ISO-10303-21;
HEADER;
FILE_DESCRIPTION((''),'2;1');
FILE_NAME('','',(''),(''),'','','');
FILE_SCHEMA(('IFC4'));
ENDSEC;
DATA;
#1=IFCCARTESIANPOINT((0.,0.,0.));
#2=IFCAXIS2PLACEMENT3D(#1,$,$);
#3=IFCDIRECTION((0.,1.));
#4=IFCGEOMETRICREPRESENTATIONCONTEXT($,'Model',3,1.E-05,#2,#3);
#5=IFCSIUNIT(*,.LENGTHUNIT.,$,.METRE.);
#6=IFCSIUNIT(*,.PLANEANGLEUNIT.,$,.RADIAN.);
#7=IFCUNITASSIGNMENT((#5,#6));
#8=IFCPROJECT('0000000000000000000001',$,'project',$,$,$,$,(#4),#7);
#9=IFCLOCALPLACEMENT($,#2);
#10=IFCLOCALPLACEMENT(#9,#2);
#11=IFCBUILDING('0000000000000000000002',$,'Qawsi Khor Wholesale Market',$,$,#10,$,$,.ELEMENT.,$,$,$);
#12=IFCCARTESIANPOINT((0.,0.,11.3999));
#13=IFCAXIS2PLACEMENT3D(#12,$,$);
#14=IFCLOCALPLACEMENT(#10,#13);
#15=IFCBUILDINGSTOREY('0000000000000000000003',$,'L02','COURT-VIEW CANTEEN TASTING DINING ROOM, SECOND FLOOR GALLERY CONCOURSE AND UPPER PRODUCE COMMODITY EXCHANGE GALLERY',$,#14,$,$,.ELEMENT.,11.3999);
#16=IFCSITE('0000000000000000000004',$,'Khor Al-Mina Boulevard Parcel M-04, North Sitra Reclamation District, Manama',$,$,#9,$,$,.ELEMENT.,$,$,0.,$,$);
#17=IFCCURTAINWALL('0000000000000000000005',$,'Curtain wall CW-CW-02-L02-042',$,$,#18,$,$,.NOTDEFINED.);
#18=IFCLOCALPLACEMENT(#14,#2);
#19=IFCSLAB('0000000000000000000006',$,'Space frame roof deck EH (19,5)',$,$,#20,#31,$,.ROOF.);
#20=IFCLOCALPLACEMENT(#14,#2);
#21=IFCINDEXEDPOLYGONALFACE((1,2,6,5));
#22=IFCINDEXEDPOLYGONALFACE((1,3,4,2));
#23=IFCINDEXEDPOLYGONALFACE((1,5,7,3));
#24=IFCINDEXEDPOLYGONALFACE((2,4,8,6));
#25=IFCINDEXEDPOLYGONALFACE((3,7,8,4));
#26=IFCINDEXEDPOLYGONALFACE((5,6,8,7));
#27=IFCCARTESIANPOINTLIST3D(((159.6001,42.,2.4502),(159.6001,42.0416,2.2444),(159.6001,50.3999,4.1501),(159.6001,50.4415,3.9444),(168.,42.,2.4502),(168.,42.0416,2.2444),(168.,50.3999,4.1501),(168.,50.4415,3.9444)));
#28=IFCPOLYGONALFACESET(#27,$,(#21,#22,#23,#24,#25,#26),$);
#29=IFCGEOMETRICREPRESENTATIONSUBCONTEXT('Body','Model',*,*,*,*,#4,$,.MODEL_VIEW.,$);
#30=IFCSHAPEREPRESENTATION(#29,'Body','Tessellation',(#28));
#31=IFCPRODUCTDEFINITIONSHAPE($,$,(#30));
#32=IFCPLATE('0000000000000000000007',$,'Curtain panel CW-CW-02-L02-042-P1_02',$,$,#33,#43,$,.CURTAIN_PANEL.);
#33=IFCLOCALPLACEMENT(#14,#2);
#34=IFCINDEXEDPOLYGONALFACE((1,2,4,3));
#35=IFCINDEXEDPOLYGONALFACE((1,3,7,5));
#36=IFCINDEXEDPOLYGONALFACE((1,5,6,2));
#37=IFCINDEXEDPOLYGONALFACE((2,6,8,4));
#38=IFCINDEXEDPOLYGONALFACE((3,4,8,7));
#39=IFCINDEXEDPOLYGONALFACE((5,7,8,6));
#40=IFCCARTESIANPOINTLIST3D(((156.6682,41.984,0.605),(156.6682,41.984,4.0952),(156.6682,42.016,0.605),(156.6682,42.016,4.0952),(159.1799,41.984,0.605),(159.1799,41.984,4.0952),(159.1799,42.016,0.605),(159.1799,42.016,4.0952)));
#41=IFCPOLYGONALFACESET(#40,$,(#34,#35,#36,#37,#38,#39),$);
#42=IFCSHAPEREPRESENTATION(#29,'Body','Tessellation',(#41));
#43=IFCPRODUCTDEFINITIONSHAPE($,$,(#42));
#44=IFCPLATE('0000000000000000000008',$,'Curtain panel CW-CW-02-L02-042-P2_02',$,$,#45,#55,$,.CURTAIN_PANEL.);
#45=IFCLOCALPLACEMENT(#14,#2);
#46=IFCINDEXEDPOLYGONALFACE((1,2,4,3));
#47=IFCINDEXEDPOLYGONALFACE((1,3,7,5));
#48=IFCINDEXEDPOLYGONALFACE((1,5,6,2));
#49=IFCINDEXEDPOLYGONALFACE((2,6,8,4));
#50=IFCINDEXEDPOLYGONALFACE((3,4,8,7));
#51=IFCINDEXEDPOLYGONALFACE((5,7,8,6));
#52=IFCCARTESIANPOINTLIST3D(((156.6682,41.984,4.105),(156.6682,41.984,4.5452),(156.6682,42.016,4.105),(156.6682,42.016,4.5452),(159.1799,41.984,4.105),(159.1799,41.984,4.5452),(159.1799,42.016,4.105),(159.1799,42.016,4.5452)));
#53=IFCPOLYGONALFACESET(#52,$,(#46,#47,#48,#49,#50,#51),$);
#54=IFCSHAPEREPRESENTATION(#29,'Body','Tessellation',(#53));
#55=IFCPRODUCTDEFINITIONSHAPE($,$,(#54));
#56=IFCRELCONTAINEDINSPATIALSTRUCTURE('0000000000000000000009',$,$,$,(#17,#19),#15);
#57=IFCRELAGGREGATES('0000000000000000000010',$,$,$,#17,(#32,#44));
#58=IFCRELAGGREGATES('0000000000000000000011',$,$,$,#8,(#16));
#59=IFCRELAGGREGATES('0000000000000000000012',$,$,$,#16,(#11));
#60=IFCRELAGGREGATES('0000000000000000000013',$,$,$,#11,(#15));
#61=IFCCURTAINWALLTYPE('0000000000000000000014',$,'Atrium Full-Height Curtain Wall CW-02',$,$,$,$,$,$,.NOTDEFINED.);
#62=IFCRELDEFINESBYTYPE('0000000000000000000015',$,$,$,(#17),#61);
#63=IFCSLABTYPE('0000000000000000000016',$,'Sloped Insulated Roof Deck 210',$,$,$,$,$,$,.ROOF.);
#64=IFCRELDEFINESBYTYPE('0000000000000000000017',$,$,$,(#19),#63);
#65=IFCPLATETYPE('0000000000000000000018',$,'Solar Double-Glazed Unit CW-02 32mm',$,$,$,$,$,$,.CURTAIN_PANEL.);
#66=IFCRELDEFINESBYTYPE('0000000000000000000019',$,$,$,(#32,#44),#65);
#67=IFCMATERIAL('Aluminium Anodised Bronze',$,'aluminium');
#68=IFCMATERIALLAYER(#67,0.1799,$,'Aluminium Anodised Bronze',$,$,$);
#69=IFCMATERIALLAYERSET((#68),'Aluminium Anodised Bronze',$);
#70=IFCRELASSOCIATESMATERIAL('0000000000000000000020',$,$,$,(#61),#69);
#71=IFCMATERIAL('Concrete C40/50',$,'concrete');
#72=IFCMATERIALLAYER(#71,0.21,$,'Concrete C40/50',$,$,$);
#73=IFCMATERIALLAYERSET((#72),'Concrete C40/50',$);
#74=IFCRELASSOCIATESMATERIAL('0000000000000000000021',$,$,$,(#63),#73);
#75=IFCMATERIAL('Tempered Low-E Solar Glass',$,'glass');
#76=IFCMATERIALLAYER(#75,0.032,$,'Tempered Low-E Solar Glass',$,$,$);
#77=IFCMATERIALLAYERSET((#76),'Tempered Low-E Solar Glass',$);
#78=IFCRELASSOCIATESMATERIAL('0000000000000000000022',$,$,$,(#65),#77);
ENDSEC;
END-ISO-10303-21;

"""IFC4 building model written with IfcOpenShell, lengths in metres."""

from ifc_helpers import new_model, si_unit, direction, frame, frame_2d, origin, place, context, subcontext, project, spatial, polyline, rectangle, outline, extrude, material, layer, layer_set, type_object, element, aggregate, save


model = new_model("IFC4")

# Units and contexts
model_context = context("Model", 3, precision=1e-05, world=origin(), true_north=direction((0.0, 1.0)))
body_context = subcontext(model_context, "Body", "Model", "MODEL_VIEW")
ifc_project = project(units=[si_unit("LENGTHUNIT", "METRE"), si_unit("PLANEANGLEUNIT", "RADIAN")], contexts=[model_context])

# Site, building, storey
site_placement = place(None, origin())
site = spatial("IfcSite", under=ifc_project, at=site_placement, Name="Khor Al-Mina Boulevard Parcel M-04, North Sitra Reclamation District, Manama", CompositionType="ELEMENT", RefElevation=0.0)
building_placement = place(site_placement, origin())
building = spatial("IfcBuilding", under=site, at=building_placement, Name="Qawsi Khor Wholesale Market", CompositionType="ELEMENT")
storey_placement = place(building_placement, frame((0.0, 0.0, 11.3999)))
storey = spatial("IfcBuildingStorey", under=building, at=storey_placement, Name="L02", Description="COURT-VIEW CANTEEN TASTING DINING ROOM, SECOND FLOOR GALLERY CONCOURSE AND UPPER PRODUCE COMMODITY EXCHANGE GALLERY", CompositionType="ELEMENT", Elevation=11.3999)

# Curtain wall
ifc_material_1 = material(Name="Aluminium Anodised Bronze", Category="aluminium")
ifc_layer_1 = layer(ifc_material_1, 0.1799, Name="Aluminium Anodised Bronze")
ifc_layer_set_1 = layer_set([ifc_layer_1], Name="Aluminium Anodised Bronze")
curtain_wall_type = type_object("IfcCurtainWallType", Name="Atrium Full-Height Curtain Wall CW-02", PredefinedType="NOTDEFINED", material=ifc_layer_set_1)
curtain_wall_1_placement = place(storey_placement, origin())
curtain_wall_1 = element("IfcCurtainWall", 1, at=curtain_wall_1_placement, inside=storey, type_object=curtain_wall_type, Name="Curtain wall CW-CW-02-L02-042", PredefinedType="NOTDEFINED")

# Slab
ifc_material_2 = material(Name="Concrete C40/50", Category="concrete")
ifc_layer_2 = layer(ifc_material_2, 0.21, Name="Concrete C40/50")
ifc_layer_set_2 = layer_set([ifc_layer_2], Name="Concrete C40/50")
slab_type = type_object("IfcSlabType", Name="Sloped Insulated Roof Deck 210", PredefinedType="ROOF", material=ifc_layer_set_2)
slab_placement = place(storey_placement, frame((159.6001, 42.0, 2.4502), z_axis=(0.0, -0.198356, 0.98013), x_axis=(1.0, 0.0, 0.0)))
element("IfcSlab", 2, at=slab_placement, inside=storey, type_object=slab_type, Name="Space frame roof deck EH (19,5)", PredefinedType="ROOF", context=body_context, shape_type="SweptSolid", body=[
    extrude(outline(polyline([(0.0, 0.0), (8.3999, 0.0), (8.3999, 8.5702), (0.0, 8.5702), (0.0, 0.0)])), origin(), (0.0, 0.0, -1.0), 0.21),
])

# Plates
ifc_material_3 = material(Name="Tempered Low-E Solar Glass", Category="glass")
ifc_layer_3 = layer(ifc_material_3, 0.032, Name="Tempered Low-E Solar Glass")
ifc_layer_set_3 = layer_set([ifc_layer_3], Name="Tempered Low-E Solar Glass")
plate_type_1 = type_object("IfcPlateType", Name="Solar Double-Glazed Unit CW-02 32mm", PredefinedType="CURTAIN_PANEL", material=ifc_layer_set_3)
plate_1_placement = place(storey_placement, frame((156.6682, 42.0, 0.605), z_axis=(0.0, 0.0, 1.0), x_axis=(1.0, 0.0, 0.0)))
plate_1 = element("IfcPlate", 3, at=plate_1_placement, type_object=plate_type_1, Name="Curtain panel CW-CW-02-L02-042-P1_02", PredefinedType="CURTAIN_PANEL", context=body_context, shape_type="SweptSolid", body=[
    extrude(rectangle(XDim=2.5117, YDim=0.032, at=frame_2d((1.2559, 0.0))), origin(), (0.0, 0.0, 1.0), 3.4902),
])
plate_2_placement = place(storey_placement, frame((156.6682, 42.0, 4.105), z_axis=(0.0, 0.0, 1.0), x_axis=(1.0, 0.0, 0.0)))
plate_2 = element("IfcPlate", 4, at=plate_2_placement, type_object=plate_type_1, Name="Curtain panel CW-CW-02-L02-042-P2_02", PredefinedType="CURTAIN_PANEL", context=body_context, shape_type="SweptSolid", body=[
    extrude(rectangle(XDim=2.5117, YDim=0.032, at=frame_2d((1.2559, 0.0))), origin(), (0.0, 0.0, 1.0), 0.4402),
])
aggregate(curtain_wall_1, [plate_1, plate_2])

save(model, "model.ifc")
